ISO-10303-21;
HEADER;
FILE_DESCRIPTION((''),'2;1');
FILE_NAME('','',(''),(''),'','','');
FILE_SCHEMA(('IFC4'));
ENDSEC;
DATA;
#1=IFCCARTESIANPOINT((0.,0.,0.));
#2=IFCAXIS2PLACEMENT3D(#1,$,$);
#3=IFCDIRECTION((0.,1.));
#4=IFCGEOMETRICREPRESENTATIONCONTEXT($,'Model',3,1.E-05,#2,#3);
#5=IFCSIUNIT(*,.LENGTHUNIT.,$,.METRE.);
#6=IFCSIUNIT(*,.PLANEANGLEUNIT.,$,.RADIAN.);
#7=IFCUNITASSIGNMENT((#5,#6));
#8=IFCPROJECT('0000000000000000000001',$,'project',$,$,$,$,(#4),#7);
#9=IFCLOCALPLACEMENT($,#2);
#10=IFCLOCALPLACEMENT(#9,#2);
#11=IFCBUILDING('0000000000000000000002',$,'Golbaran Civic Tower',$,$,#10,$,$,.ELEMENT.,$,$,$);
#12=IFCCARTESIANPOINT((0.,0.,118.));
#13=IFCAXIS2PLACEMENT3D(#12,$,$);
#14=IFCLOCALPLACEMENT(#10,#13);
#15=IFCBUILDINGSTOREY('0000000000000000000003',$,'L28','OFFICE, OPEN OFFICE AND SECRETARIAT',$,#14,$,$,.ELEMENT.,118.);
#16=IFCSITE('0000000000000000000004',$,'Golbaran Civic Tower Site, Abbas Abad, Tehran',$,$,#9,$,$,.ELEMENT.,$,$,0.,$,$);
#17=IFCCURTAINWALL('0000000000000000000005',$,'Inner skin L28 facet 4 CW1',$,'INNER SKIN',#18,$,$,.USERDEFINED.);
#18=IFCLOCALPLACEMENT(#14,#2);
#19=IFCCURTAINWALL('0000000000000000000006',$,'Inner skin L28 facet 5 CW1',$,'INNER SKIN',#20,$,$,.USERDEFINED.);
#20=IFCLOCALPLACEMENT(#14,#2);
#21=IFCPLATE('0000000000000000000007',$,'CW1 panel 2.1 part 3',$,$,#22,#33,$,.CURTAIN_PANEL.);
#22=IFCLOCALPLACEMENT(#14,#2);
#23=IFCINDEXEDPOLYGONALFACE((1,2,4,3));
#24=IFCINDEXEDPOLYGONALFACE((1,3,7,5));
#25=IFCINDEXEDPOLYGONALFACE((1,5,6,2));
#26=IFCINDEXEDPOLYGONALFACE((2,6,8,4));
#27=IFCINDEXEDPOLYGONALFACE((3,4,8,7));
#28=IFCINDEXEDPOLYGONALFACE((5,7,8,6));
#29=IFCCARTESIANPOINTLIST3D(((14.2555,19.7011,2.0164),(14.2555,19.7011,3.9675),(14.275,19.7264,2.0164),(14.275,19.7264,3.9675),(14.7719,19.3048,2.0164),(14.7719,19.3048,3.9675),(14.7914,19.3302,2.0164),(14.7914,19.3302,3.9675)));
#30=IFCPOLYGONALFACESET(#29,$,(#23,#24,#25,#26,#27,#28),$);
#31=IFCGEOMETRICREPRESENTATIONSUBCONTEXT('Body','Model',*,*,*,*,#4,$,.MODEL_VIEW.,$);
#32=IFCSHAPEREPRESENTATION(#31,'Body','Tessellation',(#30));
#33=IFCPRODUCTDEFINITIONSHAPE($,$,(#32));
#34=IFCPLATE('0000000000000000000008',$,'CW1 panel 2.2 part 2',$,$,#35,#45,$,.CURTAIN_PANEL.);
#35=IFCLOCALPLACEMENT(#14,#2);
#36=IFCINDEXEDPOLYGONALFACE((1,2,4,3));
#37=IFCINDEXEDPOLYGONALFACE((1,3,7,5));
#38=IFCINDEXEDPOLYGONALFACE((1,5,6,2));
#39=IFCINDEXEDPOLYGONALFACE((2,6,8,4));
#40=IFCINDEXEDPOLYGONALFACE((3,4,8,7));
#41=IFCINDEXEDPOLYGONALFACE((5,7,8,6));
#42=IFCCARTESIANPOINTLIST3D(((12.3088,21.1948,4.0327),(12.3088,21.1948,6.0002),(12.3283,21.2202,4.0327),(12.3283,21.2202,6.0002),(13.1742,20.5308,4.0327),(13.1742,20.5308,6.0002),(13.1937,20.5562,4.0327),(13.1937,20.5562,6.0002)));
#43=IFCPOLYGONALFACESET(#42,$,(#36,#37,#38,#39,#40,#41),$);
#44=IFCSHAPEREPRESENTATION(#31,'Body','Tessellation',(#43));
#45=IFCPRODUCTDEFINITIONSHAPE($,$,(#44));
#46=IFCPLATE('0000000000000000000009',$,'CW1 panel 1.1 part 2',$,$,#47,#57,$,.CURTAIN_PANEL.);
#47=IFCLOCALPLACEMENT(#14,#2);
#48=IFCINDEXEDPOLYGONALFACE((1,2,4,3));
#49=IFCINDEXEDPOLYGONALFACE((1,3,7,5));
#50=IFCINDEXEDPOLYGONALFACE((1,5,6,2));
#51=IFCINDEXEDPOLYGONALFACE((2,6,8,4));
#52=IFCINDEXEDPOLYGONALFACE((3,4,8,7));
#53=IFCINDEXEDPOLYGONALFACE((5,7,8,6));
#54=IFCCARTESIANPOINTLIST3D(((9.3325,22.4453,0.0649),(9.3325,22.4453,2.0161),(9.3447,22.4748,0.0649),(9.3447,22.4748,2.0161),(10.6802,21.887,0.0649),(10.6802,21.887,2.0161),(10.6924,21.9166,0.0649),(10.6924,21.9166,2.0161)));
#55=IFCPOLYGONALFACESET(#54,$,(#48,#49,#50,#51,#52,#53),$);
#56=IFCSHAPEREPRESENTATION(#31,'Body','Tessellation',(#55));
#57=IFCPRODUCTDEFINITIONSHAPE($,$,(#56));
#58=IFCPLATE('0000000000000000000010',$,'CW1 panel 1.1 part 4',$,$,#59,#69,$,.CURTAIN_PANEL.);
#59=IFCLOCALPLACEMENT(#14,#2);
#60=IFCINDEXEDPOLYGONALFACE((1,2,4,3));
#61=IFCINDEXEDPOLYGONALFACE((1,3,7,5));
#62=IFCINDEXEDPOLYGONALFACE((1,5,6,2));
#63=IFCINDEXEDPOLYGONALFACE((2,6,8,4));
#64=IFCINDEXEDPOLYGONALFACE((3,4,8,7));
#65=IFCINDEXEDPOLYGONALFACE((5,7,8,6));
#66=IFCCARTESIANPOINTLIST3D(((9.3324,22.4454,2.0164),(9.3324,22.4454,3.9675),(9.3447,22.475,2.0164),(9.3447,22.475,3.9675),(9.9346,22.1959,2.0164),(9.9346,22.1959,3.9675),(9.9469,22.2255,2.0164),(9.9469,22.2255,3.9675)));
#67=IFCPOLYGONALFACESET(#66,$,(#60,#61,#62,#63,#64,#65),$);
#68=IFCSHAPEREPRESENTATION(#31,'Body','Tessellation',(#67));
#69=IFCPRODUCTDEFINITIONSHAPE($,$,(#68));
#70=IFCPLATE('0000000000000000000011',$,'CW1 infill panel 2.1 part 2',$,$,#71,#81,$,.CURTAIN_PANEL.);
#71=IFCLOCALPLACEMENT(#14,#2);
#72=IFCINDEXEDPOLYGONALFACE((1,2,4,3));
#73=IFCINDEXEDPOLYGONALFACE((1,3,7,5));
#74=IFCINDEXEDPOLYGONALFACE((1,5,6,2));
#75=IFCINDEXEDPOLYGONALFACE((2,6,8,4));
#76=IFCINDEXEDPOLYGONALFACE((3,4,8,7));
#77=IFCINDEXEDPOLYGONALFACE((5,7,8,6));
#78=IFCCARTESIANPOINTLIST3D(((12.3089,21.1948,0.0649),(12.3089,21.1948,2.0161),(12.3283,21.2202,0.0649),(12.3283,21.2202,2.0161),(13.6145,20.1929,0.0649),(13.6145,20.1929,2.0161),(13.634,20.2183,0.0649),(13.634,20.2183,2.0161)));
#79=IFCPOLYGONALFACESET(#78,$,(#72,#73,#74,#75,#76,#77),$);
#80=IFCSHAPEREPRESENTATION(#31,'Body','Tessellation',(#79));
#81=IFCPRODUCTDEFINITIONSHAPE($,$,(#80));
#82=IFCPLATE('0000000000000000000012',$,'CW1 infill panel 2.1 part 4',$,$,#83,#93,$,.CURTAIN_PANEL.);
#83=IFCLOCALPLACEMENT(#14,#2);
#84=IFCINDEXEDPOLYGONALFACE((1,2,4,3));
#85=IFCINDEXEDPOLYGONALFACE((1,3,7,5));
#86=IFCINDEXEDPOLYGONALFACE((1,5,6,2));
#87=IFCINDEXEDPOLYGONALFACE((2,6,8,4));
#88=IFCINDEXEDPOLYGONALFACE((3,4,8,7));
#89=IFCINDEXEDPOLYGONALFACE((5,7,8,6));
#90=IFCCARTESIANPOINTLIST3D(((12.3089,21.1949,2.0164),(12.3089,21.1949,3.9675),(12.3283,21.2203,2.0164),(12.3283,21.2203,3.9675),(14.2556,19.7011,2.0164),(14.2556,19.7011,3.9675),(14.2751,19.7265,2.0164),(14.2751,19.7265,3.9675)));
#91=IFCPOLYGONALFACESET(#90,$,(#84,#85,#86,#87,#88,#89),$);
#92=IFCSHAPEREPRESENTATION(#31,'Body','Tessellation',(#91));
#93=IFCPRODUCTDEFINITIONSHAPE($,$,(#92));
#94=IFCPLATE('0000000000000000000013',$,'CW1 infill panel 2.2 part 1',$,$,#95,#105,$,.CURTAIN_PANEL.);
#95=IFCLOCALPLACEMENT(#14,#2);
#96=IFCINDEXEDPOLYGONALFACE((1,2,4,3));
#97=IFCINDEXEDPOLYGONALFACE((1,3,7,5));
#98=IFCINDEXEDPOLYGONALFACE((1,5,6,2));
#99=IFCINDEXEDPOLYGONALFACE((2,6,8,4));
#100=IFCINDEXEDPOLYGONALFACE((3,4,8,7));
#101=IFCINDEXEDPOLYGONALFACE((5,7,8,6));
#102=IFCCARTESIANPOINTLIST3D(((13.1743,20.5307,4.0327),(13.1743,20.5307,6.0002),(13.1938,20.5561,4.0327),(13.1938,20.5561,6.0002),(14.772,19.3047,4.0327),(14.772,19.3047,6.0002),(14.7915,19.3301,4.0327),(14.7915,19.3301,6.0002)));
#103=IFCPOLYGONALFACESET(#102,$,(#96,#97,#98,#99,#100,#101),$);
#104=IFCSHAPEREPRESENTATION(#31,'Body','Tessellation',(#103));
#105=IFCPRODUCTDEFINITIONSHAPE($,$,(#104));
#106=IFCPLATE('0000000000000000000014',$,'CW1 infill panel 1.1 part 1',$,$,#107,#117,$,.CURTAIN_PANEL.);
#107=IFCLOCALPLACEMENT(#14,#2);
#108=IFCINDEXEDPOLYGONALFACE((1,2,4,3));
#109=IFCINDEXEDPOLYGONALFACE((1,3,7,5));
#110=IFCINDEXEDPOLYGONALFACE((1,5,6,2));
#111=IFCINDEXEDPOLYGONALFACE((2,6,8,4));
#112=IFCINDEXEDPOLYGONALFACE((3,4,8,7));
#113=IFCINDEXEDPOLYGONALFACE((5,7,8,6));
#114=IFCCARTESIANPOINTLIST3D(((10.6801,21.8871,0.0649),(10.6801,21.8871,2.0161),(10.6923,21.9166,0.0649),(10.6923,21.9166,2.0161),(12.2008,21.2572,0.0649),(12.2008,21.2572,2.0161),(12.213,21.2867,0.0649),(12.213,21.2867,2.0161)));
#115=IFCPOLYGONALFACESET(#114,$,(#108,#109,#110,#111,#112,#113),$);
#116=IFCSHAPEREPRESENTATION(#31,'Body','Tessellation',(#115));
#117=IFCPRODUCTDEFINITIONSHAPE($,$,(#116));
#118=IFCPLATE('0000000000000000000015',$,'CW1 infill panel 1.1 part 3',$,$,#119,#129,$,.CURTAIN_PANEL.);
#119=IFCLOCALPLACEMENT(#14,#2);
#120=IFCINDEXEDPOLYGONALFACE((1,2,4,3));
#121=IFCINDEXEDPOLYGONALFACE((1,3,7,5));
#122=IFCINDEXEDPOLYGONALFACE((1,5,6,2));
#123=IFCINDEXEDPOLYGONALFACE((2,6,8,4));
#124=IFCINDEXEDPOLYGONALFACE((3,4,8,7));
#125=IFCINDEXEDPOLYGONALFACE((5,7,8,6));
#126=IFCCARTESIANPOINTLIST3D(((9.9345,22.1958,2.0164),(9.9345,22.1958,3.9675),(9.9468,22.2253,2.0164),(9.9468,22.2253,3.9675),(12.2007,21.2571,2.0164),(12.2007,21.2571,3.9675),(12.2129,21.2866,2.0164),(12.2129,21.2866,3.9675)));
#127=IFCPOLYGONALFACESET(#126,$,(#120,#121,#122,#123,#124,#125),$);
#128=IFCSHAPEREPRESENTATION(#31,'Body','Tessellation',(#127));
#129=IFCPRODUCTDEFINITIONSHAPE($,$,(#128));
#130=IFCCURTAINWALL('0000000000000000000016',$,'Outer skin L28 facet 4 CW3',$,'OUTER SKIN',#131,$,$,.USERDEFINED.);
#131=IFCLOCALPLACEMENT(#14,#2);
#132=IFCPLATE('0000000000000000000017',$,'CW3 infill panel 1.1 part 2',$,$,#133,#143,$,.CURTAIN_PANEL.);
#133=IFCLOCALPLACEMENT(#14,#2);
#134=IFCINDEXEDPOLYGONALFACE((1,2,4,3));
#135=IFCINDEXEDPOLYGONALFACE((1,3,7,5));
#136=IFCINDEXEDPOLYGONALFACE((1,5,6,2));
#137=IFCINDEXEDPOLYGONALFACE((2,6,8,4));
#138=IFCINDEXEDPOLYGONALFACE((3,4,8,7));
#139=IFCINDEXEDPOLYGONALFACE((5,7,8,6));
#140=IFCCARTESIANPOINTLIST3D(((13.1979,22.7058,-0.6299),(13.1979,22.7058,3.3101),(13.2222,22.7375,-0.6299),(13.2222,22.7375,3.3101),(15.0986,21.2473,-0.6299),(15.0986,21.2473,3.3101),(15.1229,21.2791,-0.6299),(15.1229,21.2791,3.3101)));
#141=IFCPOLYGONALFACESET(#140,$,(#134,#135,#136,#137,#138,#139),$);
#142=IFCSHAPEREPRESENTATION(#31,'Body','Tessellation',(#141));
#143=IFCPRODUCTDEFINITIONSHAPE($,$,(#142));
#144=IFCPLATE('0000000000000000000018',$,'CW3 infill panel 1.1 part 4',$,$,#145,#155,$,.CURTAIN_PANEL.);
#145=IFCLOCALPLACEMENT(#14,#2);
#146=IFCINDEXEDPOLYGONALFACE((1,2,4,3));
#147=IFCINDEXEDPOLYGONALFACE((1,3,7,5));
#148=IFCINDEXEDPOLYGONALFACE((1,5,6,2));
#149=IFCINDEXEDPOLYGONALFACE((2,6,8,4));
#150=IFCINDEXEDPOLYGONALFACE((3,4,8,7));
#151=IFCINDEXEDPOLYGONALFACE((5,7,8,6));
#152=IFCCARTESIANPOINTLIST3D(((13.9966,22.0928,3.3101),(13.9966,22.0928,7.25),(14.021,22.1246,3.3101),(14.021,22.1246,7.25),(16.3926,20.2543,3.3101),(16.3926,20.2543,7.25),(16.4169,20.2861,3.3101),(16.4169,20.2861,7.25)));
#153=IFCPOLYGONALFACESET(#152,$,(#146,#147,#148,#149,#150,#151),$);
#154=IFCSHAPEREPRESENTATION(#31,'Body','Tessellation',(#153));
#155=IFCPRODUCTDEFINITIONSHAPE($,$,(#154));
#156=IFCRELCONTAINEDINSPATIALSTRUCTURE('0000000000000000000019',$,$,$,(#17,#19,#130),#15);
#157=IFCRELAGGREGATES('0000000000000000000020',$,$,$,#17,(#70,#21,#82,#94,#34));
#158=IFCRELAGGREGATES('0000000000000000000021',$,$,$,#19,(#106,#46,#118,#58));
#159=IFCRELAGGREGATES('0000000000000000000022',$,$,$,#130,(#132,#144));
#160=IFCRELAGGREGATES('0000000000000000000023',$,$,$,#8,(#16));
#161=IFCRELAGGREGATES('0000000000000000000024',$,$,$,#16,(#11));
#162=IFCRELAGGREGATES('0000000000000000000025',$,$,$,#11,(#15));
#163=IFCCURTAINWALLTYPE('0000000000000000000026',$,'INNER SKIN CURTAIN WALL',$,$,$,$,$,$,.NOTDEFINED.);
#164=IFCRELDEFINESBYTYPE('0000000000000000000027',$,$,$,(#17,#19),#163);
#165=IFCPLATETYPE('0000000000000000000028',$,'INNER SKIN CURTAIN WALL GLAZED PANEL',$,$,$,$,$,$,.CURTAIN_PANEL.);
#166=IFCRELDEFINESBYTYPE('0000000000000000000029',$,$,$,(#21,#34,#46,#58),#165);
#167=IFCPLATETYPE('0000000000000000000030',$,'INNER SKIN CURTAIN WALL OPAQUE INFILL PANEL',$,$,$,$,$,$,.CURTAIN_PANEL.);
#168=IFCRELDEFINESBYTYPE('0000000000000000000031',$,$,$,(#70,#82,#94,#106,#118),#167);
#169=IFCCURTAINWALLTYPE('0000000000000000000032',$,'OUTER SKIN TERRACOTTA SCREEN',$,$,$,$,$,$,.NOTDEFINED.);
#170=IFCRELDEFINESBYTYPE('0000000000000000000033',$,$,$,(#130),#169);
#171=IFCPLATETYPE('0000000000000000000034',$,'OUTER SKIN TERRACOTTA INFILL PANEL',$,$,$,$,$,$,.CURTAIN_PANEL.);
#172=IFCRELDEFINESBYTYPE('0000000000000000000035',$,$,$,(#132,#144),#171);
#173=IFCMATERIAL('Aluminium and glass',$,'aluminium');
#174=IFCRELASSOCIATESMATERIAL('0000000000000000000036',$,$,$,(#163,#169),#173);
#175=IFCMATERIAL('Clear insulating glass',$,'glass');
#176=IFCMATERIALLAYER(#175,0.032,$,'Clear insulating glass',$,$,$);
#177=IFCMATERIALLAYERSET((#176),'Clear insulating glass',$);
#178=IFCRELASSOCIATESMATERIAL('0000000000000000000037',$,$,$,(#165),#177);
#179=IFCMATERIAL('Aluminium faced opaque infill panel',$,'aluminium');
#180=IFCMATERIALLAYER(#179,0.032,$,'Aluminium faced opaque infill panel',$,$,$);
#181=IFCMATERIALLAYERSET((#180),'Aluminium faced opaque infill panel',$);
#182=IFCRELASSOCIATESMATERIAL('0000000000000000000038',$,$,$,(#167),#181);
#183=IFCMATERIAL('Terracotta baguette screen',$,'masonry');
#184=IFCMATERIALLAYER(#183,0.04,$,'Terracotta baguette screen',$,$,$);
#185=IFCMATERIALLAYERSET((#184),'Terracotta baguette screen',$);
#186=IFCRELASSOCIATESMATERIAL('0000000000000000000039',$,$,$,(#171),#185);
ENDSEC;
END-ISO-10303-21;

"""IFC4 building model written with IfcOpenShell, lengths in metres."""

from ifc_helpers import new_model, si_unit, direction, frame, origin, origin_2d, place, context, subcontext, project, spatial, rectangle, extrude, material, layer, layer_set, type_object, element, aggregate, save


model = new_model("IFC4")

# Units and contexts
model_context = context("Model", 3, precision=1e-05, world=origin(), true_north=direction((0.0, 1.0)))
body_context = subcontext(model_context, "Body", "Model", "MODEL_VIEW")
ifc_project = project(units=[si_unit("LENGTHUNIT", "METRE"), si_unit("PLANEANGLEUNIT", "RADIAN")], contexts=[model_context])

# Site, building, storey
site_placement = place(None, origin())
site = spatial("IfcSite", under=ifc_project, at=site_placement, Name="Golbaran Civic Tower Site, Abbas Abad, Tehran", CompositionType="ELEMENT", RefElevation=0.0)
building_placement = place(site_placement, origin())
building = spatial("IfcBuilding", under=site, at=building_placement, Name="Golbaran Civic Tower", CompositionType="ELEMENT")
storey_placement = place(building_placement, frame((0.0, 0.0, 118.0)))
storey = spatial("IfcBuildingStorey", under=building, at=storey_placement, Name="L28", Description="OFFICE, OPEN OFFICE AND SECRETARIAT", CompositionType="ELEMENT", Elevation=118.0)

# Curtain walls
ifc_material_1 = material(Name="Aluminium and glass", Category="aluminium")
curtain_wall_type_1 = type_object("IfcCurtainWallType", Name="INNER SKIN CURTAIN WALL", PredefinedType="NOTDEFINED", material=ifc_material_1)
curtain_wall_1_placement = place(storey_placement, origin())
curtain_wall_1 = element("IfcCurtainWall", 1, at=curtain_wall_1_placement, inside=storey, type_object=curtain_wall_type_1, Name="Inner skin L28 facet 4 CW1", ObjectType="INNER SKIN", PredefinedType="USERDEFINED")
curtain_wall_2_placement = place(storey_placement, origin())
curtain_wall_2 = element("IfcCurtainWall", 2, at=curtain_wall_2_placement, inside=storey, type_object=curtain_wall_type_1, Name="Inner skin L28 facet 5 CW1", ObjectType="INNER SKIN", PredefinedType="USERDEFINED")

# Plates
ifc_material_2 = material(Name="Clear insulating glass", Category="glass")
ifc_layer_1 = layer(ifc_material_2, 0.032, Name="Clear insulating glass")
ifc_layer_set_1 = layer_set([ifc_layer_1], Name="Clear insulating glass")
plate_type_1 = type_object("IfcPlateType", Name="INNER SKIN CURTAIN WALL GLAZED PANEL", PredefinedType="CURTAIN_PANEL", material=ifc_layer_set_1)
plate_1_placement = place(storey_placement, frame((14.5234, 19.5156, 2.0164), z_axis=(0.0, 0.0, 1.0), x_axis=(-0.793353, 0.608761, 0.0)))
plate_1 = element("IfcPlate", 3, at=plate_1_placement, type_object=plate_type_1, Name="CW1 panel 2.1 part 3", PredefinedType="CURTAIN_PANEL", context=body_context, shape_type="SweptSolid", body=[
    extrude(rectangle(XDim=0.6509, YDim=0.032, at=origin_2d()), origin(), (0.0, 0.0, 1.0), 1.9512),
])
plate_2_placement = place(storey_placement, frame((12.7512, 20.8755, 4.0327), z_axis=(0.0, 0.0, 1.0), x_axis=(-0.793353, 0.608761, 0.0)))
plate_2 = element("IfcPlate", 4, at=plate_2_placement, type_object=plate_type_1, Name="CW1 panel 2.2 part 2", PredefinedType="CURTAIN_PANEL", context=body_context, shape_type="SweptSolid", body=[
    extrude(rectangle(XDim=1.0908, YDim=0.032, at=origin_2d()), origin(), (0.0, 0.0, 1.0), 1.9675),
])
plate_3_placement = place(storey_placement, frame((10.0125, 22.1809, 0.0649), z_axis=(0.0, 0.0, 1.0), x_axis=(-0.92388, 0.382683, 0.0)))
plate_3 = element("IfcPlate", 5, at=plate_3_placement, type_object=plate_type_1, Name="CW1 panel 1.1 part 2", PredefinedType="CURTAIN_PANEL", context=body_context, shape_type="SweptSolid", body=[
    extrude(rectangle(XDim=1.4587, YDim=0.032, at=origin_2d()), origin(), (0.0, 0.0, 1.0), 1.9512),
])
plate_4_placement = place(storey_placement, frame((9.6396, 22.3354, 2.0164), z_axis=(0.0, 0.0, 1.0), x_axis=(-0.92388, 0.382683, 0.0)))
plate_4 = element("IfcPlate", 6, at=plate_4_placement, type_object=plate_type_1, Name="CW1 panel 1.1 part 4", PredefinedType="CURTAIN_PANEL", context=body_context, shape_type="SweptSolid", body=[
    extrude(rectangle(XDim=0.6519, YDim=0.032, at=origin_2d()), origin(), (0.0, 0.0, 1.0), 1.9512),
])
ifc_material_3 = material(Name="Aluminium faced opaque infill panel", Category="aluminium")
ifc_layer_2 = layer(ifc_material_3, 0.032, Name="Aluminium faced opaque infill panel")
ifc_layer_set_2 = layer_set([ifc_layer_2], Name="Aluminium faced opaque infill panel")
plate_type_2 = type_object("IfcPlateType", Name="INNER SKIN CURTAIN WALL OPAQUE INFILL PANEL", PredefinedType="CURTAIN_PANEL", material=ifc_layer_set_2)
plate_5_placement = place(storey_placement, frame((12.9714, 20.7065, 0.0649), z_axis=(0.0, 0.0, 1.0), x_axis=(-0.793353, 0.608761, 0.0)))
plate_5 = element("IfcPlate", 7, at=plate_5_placement, type_object=plate_type_2, Name="CW1 infill panel 2.1 part 2", PredefinedType="CURTAIN_PANEL", context=body_context, shape_type="SweptSolid", body=[
    extrude(rectangle(XDim=1.6458, YDim=0.032, at=origin_2d()), origin(), (0.0, 0.0, 1.0), 1.9512),
])
plate_6_placement = place(storey_placement, frame((13.292, 20.4607, 2.0164), z_axis=(0.0, 0.0, 1.0), x_axis=(-0.793353, 0.608761, 0.0)))
plate_6 = element("IfcPlate", 8, at=plate_6_placement, type_object=plate_type_2, Name="CW1 infill panel 2.1 part 4", PredefinedType="CURTAIN_PANEL", context=body_context, shape_type="SweptSolid", body=[
    extrude(rectangle(XDim=2.4539, YDim=0.032, at=origin_2d()), origin(), (0.0, 0.0, 1.0), 1.9512),
])
plate_7_placement = place(storey_placement, frame((13.9829, 19.9304, 4.0327), z_axis=(0.0, 0.0, 1.0), x_axis=(-0.793353, 0.608761, 0.0)))
plate_7 = element("IfcPlate", 9, at=plate_7_placement, type_object=plate_type_2, Name="CW1 infill panel 2.2 part 1", PredefinedType="CURTAIN_PANEL", context=body_context, shape_type="SweptSolid", body=[
    extrude(rectangle(XDim=2.0139, YDim=0.032, at=origin_2d()), origin(), (0.0, 0.0, 1.0), 1.9675),
])
aggregate(curtain_wall_1, [plate_5, plate_1, plate_6, plate_7, plate_2])
plate_8_placement = place(storey_placement, frame((11.4465, 21.5869, 0.0649), z_axis=(0.0, 0.0, 1.0), x_axis=(-0.92388, 0.382683, 0.0)))
plate_8 = element("IfcPlate", 10, at=plate_8_placement, type_object=plate_type_2, Name="CW1 infill panel 1.1 part 1", PredefinedType="CURTAIN_PANEL", context=body_context, shape_type="SweptSolid", body=[
    extrude(rectangle(XDim=1.646, YDim=0.032, at=origin_2d()), origin(), (0.0, 0.0, 1.0), 1.9512),
])
plate_9_placement = place(storey_placement, frame((11.0737, 21.7412, 2.0164), z_axis=(0.0, 0.0, 1.0), x_axis=(-0.92388, 0.382683, 0.0)))
plate_9 = element("IfcPlate", 11, at=plate_9_placement, type_object=plate_type_2, Name="CW1 infill panel 1.1 part 3", PredefinedType="CURTAIN_PANEL", context=body_context, shape_type="SweptSolid", body=[
    extrude(rectangle(XDim=2.4529, YDim=0.032, at=origin_2d()), origin(), (0.0, 0.0, 1.0), 1.9512),
])
aggregate(curtain_wall_2, [plate_8, plate_3, plate_9, plate_4])

# Curtain wall, plates
curtain_wall_type_2 = type_object("IfcCurtainWallType", Name="OUTER SKIN TERRACOTTA SCREEN", PredefinedType="NOTDEFINED", material=ifc_material_1)
curtain_wall_3_placement = place(storey_placement, origin())
curtain_wall_3 = element("IfcCurtainWall", 12, at=curtain_wall_3_placement, inside=storey, type_object=curtain_wall_type_2, Name="Outer skin L28 facet 4 CW3", ObjectType="OUTER SKIN", PredefinedType="USERDEFINED")
ifc_material_4 = material(Name="Terracotta baguette screen", Category="masonry")
ifc_layer_3 = layer(ifc_material_4, 0.04, Name="Terracotta baguette screen")
ifc_layer_set_3 = layer_set([ifc_layer_3], Name="Terracotta baguette screen")
plate_type_3 = type_object("IfcPlateType", Name="OUTER SKIN TERRACOTTA INFILL PANEL", PredefinedType="CURTAIN_PANEL", material=ifc_layer_set_3)
plate_10_placement = place(storey_placement, frame((14.1604, 21.9924, -0.6299), z_axis=(0.0, 0.0, 1.0), x_axis=(-0.793353, 0.608761, 0.0)))
plate_10 = element("IfcPlate", 13, at=plate_10_placement, type_object=plate_type_3, Name="CW3 infill panel 1.1 part 2", PredefinedType="CURTAIN_PANEL", context=body_context, shape_type="SweptSolid", body=[
    extrude(rectangle(XDim=2.3958, YDim=0.04, at=origin_2d()), origin(), (0.0, 0.0, 1.0), 3.9399),
])
plate_11_placement = place(storey_placement, frame((15.2068, 21.1895, 3.3101), z_axis=(0.0, 0.0, 1.0), x_axis=(-0.793353, 0.608761, 0.0)))
plate_11 = element("IfcPlate", 14, at=plate_11_placement, type_object=plate_type_3, Name="CW3 infill panel 1.1 part 4", PredefinedType="CURTAIN_PANEL", context=body_context, shape_type="SweptSolid", body=[
    extrude(rectangle(XDim=3.02, YDim=0.04, at=origin_2d()), origin(), (0.0, 0.0, 1.0), 3.9399),
])
aggregate(curtain_wall_3, [plate_10, plate_11])

save(model, "model.ifc")
